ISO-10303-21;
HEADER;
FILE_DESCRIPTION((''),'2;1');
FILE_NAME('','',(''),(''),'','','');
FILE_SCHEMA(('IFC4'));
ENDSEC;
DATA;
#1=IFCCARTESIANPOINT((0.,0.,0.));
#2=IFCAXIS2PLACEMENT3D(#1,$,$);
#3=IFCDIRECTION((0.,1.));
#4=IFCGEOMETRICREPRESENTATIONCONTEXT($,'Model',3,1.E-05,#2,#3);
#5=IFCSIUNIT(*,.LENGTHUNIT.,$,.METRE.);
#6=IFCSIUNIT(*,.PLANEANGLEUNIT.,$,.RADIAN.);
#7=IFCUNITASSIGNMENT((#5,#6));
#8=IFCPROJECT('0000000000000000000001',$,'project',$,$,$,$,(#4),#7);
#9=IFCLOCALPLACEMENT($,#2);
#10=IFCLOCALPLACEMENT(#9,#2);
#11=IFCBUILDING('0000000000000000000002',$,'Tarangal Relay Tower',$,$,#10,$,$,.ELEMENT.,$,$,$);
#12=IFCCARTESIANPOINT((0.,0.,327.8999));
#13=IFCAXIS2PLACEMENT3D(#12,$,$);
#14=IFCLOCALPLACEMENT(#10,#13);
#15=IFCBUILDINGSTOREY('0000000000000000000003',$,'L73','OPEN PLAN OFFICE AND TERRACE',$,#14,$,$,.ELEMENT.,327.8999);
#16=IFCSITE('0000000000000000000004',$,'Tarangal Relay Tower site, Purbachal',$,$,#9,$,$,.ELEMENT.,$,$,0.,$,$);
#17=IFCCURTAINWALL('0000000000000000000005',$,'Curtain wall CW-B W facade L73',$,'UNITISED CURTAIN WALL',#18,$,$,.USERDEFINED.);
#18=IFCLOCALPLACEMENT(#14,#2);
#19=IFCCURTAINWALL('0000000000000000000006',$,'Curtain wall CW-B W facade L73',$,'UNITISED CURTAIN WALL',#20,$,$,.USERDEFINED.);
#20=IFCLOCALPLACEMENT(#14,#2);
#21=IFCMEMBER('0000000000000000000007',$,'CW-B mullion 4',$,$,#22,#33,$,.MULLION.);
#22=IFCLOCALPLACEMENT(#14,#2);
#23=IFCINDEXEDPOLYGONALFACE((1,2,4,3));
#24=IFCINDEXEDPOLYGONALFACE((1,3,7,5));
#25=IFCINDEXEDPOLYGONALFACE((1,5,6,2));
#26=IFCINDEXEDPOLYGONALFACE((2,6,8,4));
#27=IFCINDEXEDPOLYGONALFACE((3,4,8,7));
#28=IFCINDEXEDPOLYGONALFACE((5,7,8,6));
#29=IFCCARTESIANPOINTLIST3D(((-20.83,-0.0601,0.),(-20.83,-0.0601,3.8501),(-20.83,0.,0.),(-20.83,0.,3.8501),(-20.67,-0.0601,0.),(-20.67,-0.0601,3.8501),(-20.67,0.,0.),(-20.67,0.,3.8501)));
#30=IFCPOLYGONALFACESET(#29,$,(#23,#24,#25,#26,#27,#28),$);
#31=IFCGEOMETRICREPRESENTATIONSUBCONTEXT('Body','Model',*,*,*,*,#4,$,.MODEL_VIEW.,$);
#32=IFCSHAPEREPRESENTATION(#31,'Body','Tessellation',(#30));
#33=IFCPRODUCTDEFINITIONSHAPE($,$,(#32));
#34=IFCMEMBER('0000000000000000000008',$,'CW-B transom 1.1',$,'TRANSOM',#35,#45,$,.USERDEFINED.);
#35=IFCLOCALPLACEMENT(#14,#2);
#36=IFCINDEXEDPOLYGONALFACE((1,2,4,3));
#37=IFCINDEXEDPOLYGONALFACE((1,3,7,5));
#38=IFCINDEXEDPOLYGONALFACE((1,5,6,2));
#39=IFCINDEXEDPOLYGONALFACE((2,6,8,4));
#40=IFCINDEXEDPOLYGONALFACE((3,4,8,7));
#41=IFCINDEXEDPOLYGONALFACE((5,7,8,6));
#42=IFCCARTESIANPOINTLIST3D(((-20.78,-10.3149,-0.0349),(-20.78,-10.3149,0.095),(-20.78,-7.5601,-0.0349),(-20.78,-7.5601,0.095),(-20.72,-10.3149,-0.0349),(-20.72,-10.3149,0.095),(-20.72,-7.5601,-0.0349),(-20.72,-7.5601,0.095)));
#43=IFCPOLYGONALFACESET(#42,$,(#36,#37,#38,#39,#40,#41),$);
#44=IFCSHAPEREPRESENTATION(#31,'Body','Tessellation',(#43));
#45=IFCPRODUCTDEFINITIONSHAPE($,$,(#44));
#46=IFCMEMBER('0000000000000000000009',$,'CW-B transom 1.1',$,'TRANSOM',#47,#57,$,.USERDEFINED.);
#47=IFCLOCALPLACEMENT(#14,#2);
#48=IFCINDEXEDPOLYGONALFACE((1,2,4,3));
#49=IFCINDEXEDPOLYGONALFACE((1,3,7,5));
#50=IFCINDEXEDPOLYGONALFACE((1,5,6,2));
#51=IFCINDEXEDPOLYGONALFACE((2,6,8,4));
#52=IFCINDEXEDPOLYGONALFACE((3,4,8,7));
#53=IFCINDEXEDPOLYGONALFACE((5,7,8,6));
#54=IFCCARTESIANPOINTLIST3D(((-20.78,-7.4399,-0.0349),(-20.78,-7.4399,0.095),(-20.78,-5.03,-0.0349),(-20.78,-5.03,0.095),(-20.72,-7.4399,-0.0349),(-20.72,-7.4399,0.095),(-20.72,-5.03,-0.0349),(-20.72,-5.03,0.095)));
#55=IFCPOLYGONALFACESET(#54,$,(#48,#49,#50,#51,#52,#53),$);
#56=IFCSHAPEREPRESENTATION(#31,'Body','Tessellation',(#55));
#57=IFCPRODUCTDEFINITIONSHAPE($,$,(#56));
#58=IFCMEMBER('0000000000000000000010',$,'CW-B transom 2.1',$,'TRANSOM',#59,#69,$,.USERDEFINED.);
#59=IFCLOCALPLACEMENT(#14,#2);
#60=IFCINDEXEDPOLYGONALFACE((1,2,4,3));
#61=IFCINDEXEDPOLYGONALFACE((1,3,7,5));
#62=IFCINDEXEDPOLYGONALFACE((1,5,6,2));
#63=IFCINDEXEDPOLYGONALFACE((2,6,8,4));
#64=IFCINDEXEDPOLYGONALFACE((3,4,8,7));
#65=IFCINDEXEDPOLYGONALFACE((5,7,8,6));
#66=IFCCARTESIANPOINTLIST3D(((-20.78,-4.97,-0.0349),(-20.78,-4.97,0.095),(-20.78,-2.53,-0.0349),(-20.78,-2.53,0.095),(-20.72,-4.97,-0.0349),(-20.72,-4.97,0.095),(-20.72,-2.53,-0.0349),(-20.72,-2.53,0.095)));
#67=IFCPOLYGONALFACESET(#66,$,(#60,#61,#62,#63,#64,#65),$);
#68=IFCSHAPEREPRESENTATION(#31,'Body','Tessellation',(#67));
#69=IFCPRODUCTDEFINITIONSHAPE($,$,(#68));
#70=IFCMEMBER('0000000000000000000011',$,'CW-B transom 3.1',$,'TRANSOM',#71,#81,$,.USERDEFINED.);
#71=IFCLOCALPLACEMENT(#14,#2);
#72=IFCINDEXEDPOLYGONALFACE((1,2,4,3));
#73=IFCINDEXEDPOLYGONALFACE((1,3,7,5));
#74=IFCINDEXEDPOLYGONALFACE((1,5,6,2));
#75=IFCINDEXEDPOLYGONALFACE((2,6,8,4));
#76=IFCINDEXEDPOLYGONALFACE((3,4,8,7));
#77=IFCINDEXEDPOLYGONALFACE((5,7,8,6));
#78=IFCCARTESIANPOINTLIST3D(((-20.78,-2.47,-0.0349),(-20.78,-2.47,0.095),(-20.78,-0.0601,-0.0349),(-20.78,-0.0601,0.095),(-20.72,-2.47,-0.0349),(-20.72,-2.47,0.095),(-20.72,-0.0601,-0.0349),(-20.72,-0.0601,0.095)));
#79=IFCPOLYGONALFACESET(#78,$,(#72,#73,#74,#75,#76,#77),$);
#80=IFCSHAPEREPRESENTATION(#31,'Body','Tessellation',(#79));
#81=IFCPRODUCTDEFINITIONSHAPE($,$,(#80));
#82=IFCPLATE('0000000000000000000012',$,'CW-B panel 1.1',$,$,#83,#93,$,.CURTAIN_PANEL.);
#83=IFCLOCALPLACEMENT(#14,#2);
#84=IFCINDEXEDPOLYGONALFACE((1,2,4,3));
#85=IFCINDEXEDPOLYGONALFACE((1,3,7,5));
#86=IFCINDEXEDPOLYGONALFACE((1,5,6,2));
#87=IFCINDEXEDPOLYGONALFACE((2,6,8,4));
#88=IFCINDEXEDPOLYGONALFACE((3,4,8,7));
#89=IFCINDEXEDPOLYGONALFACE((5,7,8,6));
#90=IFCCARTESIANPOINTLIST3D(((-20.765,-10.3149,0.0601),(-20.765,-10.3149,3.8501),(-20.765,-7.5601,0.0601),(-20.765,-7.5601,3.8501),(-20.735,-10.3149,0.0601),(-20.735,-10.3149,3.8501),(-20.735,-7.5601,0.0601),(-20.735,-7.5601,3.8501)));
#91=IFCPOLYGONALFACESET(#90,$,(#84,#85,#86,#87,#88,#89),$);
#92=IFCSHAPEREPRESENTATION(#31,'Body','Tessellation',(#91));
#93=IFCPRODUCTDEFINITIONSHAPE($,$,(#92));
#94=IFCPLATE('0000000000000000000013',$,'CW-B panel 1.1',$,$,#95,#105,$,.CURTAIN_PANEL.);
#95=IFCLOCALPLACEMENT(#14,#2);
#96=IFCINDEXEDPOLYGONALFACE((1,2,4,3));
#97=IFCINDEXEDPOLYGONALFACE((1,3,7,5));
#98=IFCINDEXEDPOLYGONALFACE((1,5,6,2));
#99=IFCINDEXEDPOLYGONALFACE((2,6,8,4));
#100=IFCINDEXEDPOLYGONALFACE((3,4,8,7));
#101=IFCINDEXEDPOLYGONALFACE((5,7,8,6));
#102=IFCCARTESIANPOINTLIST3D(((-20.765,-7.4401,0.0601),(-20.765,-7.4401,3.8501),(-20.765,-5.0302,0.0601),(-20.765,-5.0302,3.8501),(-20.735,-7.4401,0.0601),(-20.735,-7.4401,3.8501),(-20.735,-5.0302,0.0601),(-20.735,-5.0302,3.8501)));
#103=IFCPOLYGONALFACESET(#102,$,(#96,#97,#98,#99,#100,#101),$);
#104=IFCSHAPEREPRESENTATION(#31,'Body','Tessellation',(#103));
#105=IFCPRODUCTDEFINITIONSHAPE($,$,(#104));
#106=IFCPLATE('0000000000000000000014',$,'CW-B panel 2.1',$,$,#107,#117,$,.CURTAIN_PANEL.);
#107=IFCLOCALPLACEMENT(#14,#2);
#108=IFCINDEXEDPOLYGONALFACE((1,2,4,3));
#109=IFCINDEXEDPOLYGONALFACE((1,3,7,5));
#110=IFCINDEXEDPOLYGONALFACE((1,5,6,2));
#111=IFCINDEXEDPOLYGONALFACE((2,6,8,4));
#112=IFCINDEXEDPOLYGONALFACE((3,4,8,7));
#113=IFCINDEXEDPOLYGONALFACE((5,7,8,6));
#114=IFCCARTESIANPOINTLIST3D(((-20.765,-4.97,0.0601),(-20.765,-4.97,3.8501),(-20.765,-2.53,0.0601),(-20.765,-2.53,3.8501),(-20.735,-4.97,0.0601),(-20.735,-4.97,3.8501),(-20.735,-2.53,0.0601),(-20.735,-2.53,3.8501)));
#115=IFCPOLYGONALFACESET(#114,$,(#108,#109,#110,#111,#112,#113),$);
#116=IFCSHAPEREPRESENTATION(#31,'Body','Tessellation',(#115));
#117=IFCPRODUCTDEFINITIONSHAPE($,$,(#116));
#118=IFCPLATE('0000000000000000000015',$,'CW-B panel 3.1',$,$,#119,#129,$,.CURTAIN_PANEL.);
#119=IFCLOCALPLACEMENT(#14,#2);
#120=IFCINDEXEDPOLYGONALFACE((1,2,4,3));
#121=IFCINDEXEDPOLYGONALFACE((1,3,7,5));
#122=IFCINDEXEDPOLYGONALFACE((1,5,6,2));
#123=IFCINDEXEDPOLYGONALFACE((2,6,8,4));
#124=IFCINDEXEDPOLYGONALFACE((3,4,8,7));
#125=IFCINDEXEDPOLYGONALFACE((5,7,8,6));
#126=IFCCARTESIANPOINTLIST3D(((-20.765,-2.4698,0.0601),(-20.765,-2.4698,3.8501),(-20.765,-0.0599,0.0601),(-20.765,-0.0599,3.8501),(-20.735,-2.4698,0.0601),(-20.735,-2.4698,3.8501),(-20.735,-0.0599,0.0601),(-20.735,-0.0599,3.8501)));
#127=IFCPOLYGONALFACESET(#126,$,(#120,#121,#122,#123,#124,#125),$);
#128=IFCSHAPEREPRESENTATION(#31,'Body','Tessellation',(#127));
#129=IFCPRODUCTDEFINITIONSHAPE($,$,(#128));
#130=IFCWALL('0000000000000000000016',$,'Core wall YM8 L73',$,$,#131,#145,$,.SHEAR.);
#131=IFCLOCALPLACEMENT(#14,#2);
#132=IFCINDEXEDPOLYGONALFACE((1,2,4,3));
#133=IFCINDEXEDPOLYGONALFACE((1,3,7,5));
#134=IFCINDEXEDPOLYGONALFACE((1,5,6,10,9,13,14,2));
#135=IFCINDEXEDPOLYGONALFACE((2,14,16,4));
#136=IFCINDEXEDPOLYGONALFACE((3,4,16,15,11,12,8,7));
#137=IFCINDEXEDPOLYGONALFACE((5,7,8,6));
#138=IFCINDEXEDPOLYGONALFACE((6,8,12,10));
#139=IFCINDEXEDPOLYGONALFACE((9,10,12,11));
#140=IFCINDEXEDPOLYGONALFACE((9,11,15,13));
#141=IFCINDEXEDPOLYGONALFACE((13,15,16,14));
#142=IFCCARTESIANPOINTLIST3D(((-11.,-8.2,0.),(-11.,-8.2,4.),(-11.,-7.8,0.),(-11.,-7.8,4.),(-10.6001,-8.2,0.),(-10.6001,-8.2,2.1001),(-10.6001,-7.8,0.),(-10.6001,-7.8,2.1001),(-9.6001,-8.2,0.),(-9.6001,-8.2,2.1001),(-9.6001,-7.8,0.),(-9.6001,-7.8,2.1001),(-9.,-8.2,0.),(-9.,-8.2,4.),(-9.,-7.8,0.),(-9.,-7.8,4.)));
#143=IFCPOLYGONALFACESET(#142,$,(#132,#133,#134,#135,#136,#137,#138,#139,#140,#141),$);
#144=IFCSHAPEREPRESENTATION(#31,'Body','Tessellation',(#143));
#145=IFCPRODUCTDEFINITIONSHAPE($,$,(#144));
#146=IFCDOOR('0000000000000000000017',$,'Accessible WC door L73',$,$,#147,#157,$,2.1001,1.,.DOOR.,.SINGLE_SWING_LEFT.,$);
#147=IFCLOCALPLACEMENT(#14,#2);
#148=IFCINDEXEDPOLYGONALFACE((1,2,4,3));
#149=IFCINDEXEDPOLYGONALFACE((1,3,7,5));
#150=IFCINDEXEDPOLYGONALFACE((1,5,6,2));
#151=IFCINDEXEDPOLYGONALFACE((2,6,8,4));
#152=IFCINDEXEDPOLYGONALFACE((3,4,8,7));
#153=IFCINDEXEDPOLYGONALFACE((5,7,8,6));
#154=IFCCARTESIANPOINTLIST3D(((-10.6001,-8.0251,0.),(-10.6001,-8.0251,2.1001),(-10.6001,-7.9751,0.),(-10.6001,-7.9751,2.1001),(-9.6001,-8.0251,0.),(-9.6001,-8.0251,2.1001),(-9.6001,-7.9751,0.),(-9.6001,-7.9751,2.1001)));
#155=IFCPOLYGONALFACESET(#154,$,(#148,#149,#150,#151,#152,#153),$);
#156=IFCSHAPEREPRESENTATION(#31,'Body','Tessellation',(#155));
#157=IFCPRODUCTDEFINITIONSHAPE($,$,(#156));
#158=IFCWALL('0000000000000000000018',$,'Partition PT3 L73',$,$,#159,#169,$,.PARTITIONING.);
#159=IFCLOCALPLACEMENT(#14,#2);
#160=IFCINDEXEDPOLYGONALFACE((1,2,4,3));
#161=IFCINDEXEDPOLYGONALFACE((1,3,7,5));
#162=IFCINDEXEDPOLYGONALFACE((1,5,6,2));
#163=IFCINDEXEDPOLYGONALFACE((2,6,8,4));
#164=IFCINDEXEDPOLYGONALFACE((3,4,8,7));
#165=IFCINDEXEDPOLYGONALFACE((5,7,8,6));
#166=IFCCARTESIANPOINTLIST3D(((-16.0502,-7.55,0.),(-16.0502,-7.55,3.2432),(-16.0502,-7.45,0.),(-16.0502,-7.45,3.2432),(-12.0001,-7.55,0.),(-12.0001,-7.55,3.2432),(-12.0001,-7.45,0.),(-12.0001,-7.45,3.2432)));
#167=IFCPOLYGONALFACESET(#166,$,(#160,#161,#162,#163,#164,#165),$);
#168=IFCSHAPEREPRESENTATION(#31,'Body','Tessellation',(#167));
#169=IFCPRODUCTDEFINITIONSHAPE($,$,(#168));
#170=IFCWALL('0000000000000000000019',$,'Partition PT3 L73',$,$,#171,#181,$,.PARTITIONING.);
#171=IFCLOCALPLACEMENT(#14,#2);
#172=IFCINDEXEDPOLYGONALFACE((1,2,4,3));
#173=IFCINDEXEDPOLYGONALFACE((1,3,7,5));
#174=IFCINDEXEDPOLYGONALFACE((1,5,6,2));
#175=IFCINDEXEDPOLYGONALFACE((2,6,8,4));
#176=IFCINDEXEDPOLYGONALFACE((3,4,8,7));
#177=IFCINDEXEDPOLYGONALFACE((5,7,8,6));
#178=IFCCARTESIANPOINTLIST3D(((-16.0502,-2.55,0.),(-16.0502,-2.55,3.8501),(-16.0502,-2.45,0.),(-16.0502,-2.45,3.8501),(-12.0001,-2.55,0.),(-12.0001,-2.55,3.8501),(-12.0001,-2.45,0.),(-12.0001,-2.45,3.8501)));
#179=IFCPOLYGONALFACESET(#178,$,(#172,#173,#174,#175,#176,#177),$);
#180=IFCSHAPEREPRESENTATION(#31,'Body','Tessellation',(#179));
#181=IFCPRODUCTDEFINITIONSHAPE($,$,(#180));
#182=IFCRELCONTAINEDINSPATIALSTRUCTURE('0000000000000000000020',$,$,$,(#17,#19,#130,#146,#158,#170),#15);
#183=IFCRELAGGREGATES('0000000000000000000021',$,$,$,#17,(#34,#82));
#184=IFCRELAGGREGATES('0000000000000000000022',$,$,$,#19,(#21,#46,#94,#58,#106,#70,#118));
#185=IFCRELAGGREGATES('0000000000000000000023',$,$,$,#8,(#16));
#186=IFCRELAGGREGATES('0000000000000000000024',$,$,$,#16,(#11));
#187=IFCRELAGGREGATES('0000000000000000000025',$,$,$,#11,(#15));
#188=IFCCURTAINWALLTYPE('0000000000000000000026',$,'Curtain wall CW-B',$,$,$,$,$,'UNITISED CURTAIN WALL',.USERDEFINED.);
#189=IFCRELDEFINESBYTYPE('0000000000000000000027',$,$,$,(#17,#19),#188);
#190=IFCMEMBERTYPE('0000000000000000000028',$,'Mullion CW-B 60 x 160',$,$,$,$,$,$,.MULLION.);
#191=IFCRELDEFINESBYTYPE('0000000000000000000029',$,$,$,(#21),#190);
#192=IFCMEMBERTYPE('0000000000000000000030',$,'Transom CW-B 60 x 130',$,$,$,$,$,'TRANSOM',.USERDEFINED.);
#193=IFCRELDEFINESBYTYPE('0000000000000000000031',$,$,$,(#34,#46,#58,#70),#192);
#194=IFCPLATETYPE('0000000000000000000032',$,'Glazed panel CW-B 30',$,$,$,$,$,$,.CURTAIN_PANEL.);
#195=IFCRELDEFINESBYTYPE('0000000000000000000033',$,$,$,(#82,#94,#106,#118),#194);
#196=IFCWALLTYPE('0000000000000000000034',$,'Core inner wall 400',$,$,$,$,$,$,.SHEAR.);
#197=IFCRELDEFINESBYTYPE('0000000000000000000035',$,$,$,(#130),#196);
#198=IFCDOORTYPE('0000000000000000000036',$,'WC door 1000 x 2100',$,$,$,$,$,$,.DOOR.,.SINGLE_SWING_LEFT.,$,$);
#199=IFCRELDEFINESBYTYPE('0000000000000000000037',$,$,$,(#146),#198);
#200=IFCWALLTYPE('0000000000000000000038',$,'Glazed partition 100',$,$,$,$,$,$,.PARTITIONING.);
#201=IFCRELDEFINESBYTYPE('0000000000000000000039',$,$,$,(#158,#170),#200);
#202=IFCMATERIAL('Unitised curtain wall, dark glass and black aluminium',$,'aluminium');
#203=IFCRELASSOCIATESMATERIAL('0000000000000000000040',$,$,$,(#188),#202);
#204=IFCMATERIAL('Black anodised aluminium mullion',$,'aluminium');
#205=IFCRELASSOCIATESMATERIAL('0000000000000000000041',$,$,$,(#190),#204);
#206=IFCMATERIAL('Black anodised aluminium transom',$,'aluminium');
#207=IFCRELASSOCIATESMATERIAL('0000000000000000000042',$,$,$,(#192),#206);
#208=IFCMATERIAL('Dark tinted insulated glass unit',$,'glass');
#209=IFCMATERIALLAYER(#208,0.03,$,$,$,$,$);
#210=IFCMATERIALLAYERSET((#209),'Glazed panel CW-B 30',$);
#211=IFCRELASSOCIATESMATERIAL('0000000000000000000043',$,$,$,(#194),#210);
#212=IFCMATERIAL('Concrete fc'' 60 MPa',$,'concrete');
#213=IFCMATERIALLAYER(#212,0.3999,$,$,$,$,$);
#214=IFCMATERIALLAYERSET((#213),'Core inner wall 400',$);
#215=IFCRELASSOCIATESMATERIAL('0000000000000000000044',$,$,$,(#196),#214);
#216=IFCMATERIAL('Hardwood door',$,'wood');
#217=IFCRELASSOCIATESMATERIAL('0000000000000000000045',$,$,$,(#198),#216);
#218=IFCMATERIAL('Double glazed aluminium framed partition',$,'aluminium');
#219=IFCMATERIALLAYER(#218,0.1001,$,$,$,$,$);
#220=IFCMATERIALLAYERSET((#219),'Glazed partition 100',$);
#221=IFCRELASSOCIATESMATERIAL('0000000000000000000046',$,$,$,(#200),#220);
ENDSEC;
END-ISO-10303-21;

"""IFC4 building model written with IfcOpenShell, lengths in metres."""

from ifc_helpers import new_model, si_unit, direction, frame, frame_2d, origin, origin_2d, place, context, subcontext, project, spatial, rectangle, extrude, material, layer, layer_set, material_profile, profile_set, type_object, element, fill, aggregate, save


model = new_model("IFC4")

# Units and contexts
model_context = context("Model", 3, precision=1e-05, world=origin(), true_north=direction((0.0, 1.0)))
body_context = subcontext(model_context, "Body", "Model", "MODEL_VIEW")
ifc_project = project(units=[si_unit("LENGTHUNIT", "METRE"), si_unit("PLANEANGLEUNIT", "RADIAN")], contexts=[model_context])

# Site, building, storey
site_placement = place(None, origin())
site = spatial("IfcSite", under=ifc_project, at=site_placement, Name="Tarangal Relay Tower site, Purbachal", CompositionType="ELEMENT", RefElevation=0.0)
building_placement = place(site_placement, origin())
building = spatial("IfcBuilding", under=site, at=building_placement, Name="Tarangal Relay Tower", CompositionType="ELEMENT")
storey_placement = place(building_placement, frame((0.0, 0.0, 327.8999)))
storey = spatial("IfcBuildingStorey", under=building, at=storey_placement, Name="L73", Description="OPEN PLAN OFFICE AND TERRACE", CompositionType="ELEMENT", Elevation=327.8999)

# Curtain wall
ifc_material_1 = material(Name="Unitised curtain wall, dark glass and black aluminium", Category="aluminium")
curtain_wall_type = type_object("IfcCurtainWallType", Name="Curtain wall CW-B", ElementType="UNITISED CURTAIN WALL", PredefinedType="USERDEFINED", material=ifc_material_1)
curtain_wall_1_placement = place(storey_placement, origin())
curtain_wall_1 = element("IfcCurtainWall", 1, at=curtain_wall_1_placement, inside=storey, type_object=curtain_wall_type, Name="Curtain wall CW-B W facade L73", ObjectType="UNITISED CURTAIN WALL", PredefinedType="USERDEFINED")
ifc_material_2 = material(Name="Black anodised aluminium mullion", Category="aluminium")
ifc_material_profile_1 = material_profile(ifc_material_2, rectangle(XDim=0.1599, YDim=0.0601, at=origin_2d()), Name="CW-BM 60X160")
ifc_profile_set_1 = profile_set([ifc_material_profile_1], Name="Black anodised aluminium mullion")
member_type_1 = type_object("IfcMemberType", Name="Mullion CW-B 60 x 160", PredefinedType="MULLION", material=ifc_profile_set_1)

# Curtain wall, member
curtain_wall_2_placement = place(storey_placement, origin())
curtain_wall_2 = element("IfcCurtainWall", 2, at=curtain_wall_2_placement, inside=storey, type_object=curtain_wall_type, Name="Curtain wall CW-B W facade L73", ObjectType="UNITISED CURTAIN WALL", PredefinedType="USERDEFINED")
member_1_placement = place(storey_placement, frame((-20.75, -0.03, 0.0), z_axis=(0.0, 0.0, 1.0), x_axis=(-1.0, 0.0, 0.0)))
member_1 = element("IfcMember", 3, at=member_1_placement, type_object=member_type_1, Name="CW-B mullion 4", PredefinedType="MULLION", context=body_context, shape_type="SweptSolid", body=[
    extrude(rectangle(XDim=0.1599, YDim=0.0601, at=origin_2d()), origin(), (0.0, 0.0, 1.0), 3.8501),
])

# Members
ifc_material_3 = material(Name="Black anodised aluminium transom", Category="aluminium")
ifc_material_profile_2 = material_profile(ifc_material_3, rectangle(XDim=0.0601, YDim=0.1299, at=origin_2d()), Name="CW-BT 60X130")
ifc_profile_set_2 = profile_set([ifc_material_profile_2], Name="Black anodised aluminium transom")
member_type_2 = type_object("IfcMemberType", Name="Transom CW-B 60 x 130", ElementType="TRANSOM", PredefinedType="USERDEFINED", material=ifc_profile_set_2)
member_2_placement = place(storey_placement, frame((-20.75, -10.3149, 0.03), z_axis=(0.0, 1.0, 0.0), x_axis=(-1.0, 0.0, 0.0)))
member_2 = element("IfcMember", 4, at=member_2_placement, type_object=member_type_2, Name="CW-B transom 1.1", ObjectType="TRANSOM", PredefinedType="USERDEFINED", context=body_context, shape_type="SweptSolid", body=[
    extrude(rectangle(XDim=0.0601, YDim=0.1299, at=origin_2d()), origin(), (0.0, 0.0, 1.0), 2.7549),
])
member_3_placement = place(storey_placement, frame((-20.75, -7.4399, 0.03), z_axis=(0.0, 1.0, 0.0), x_axis=(-1.0, 0.0, 0.0)))
member_3 = element("IfcMember", 5, at=member_3_placement, type_object=member_type_2, Name="CW-B transom 1.1", ObjectType="TRANSOM", PredefinedType="USERDEFINED", context=body_context, shape_type="SweptSolid", body=[
    extrude(rectangle(XDim=0.0601, YDim=0.1299, at=origin_2d()), origin(), (0.0, 0.0, 1.0), 2.4099),
])
member_4_placement = place(storey_placement, frame((-20.75, -4.97, 0.03), z_axis=(0.0, 1.0, 0.0), x_axis=(-1.0, 0.0, 0.0)))
member_4 = element("IfcMember", 6, at=member_4_placement, type_object=member_type_2, Name="CW-B transom 2.1", ObjectType="TRANSOM", PredefinedType="USERDEFINED", context=body_context, shape_type="SweptSolid", body=[
    extrude(rectangle(XDim=0.0601, YDim=0.1299, at=origin_2d()), origin(), (0.0, 0.0, 1.0), 2.4399),
])
member_5_placement = place(storey_placement, frame((-20.75, -2.47, 0.03), z_axis=(0.0, 1.0, 0.0), x_axis=(-1.0, 0.0, 0.0)))
member_5 = element("IfcMember", 7, at=member_5_placement, type_object=member_type_2, Name="CW-B transom 3.1", ObjectType="TRANSOM", PredefinedType="USERDEFINED", context=body_context, shape_type="SweptSolid", body=[
    extrude(rectangle(XDim=0.0601, YDim=0.1299, at=origin_2d()), origin(), (0.0, 0.0, 1.0), 2.4099),
])

# Plates
ifc_material_4 = material(Name="Dark tinted insulated glass unit", Category="glass")
ifc_layer_1 = layer(ifc_material_4, 0.03)
ifc_layer_set_1 = layer_set([ifc_layer_1], Name="Glazed panel CW-B 30")
plate_type = type_object("IfcPlateType", Name="Glazed panel CW-B 30", PredefinedType="CURTAIN_PANEL", material=ifc_layer_set_1)
plate_1_placement = place(storey_placement, frame((-20.75, -8.9375, 0.0601), z_axis=(0.0, 0.0, 1.0), x_axis=(0.0, 1.0, 0.0)))
plate_1 = element("IfcPlate", 8, at=plate_1_placement, type_object=plate_type, Name="CW-B panel 1.1", PredefinedType="CURTAIN_PANEL", context=body_context, shape_type="SweptSolid", body=[
    extrude(rectangle(XDim=2.7549, YDim=0.03, at=origin_2d()), origin(), (0.0, 0.0, 1.0), 3.79),
])
aggregate(curtain_wall_1, [member_2, plate_1])
plate_2_placement = place(storey_placement, frame((-20.75, -6.2351, 0.0601), z_axis=(0.0, 0.0, 1.0), x_axis=(0.0, 1.0, 0.0)))
plate_2 = element("IfcPlate", 9, at=plate_2_placement, type_object=plate_type, Name="CW-B panel 1.1", PredefinedType="CURTAIN_PANEL", context=body_context, shape_type="SweptSolid", body=[
    extrude(rectangle(XDim=2.4099, YDim=0.03, at=origin_2d()), origin(), (0.0, 0.0, 1.0), 3.79),
])
plate_3_placement = place(storey_placement, frame((-20.75, -3.75, 0.0601), z_axis=(0.0, 0.0, 1.0), x_axis=(0.0, 1.0, 0.0)))
plate_3 = element("IfcPlate", 10, at=plate_3_placement, type_object=plate_type, Name="CW-B panel 2.1", PredefinedType="CURTAIN_PANEL", context=body_context, shape_type="SweptSolid", body=[
    extrude(rectangle(XDim=2.4399, YDim=0.03, at=origin_2d()), origin(), (0.0, 0.0, 1.0), 3.79),
])
plate_4_placement = place(storey_placement, frame((-20.75, -1.2649, 0.0601), z_axis=(0.0, 0.0, 1.0), x_axis=(0.0, 1.0, 0.0)))
plate_4 = element("IfcPlate", 11, at=plate_4_placement, type_object=plate_type, Name="CW-B panel 3.1", PredefinedType="CURTAIN_PANEL", context=body_context, shape_type="SweptSolid", body=[
    extrude(rectangle(XDim=2.4099, YDim=0.03, at=origin_2d()), origin(), (0.0, 0.0, 1.0), 3.79),
])
aggregate(curtain_wall_2, [member_1, member_3, plate_2, member_4, plate_3, member_5, plate_4])

# Wall, opening, door
ifc_material_5 = material(Name="Concrete fc' 60 MPa", Category="concrete")
ifc_layer_2 = layer(ifc_material_5, 0.3999)
ifc_layer_set_2 = layer_set([ifc_layer_2], Name="Core inner wall 400")
wall_type_1 = type_object("IfcWallType", Name="Core inner wall 400", PredefinedType="SHEAR", material=ifc_layer_set_2)
wall_1_placement = place(storey_placement, frame((-11.0, -8.0, 0.0), z_axis=(0.0, 0.0, 1.0), x_axis=(1.0, 0.0, 0.0)))
wall_1 = element("IfcWall", 12, at=wall_1_placement, inside=storey, type_object=wall_type_1, Name="Core wall YM8 L73", PredefinedType="SHEAR", context=body_context, shape_type="SweptSolid", body=[
    extrude(rectangle(XDim=2.0, YDim=0.3999, at=frame_2d((1.0, 0.0))), origin(), (0.0, 0.0, 1.0), 4.0),
])
opening_1_placement = place(wall_1_placement, frame((0.3999, 0.0, 0.0)))
opening_1 = element("IfcOpeningElement", 13, at=opening_1_placement, cuts=wall_1, PredefinedType="OPENING", context=body_context, shape_type="SweptSolid", body=[
    extrude(rectangle(XDim=1.0, YDim=2.1001, at=frame_2d((0.5, 1.05))), frame((0.0, 0.21, 0.0), z_axis=(0.0, -1.0, 0.0), x_axis=(1.0, 0.0, 0.0)), (0.0, 0.0, 1.0), 0.4199),
])
ifc_material_6 = material(Name="Hardwood door", Category="wood")
door_type_1 = type_object("IfcDoorType", Name="WC door 1000 x 2100", OperationType="SINGLE_SWING_LEFT", PredefinedType="DOOR", material=ifc_material_6)
door_1_placement = place(opening_1_placement, origin())
door_1 = element("IfcDoor", 14, at=door_1_placement, inside=storey, type_object=door_type_1, Name="Accessible WC door L73", OperationType="SINGLE_SWING_LEFT", OverallHeight=2.1001, OverallWidth=1.0, PredefinedType="DOOR", context=body_context, shape_type="SweptSolid", body=[
    extrude(rectangle(XDim=1.0, YDim=2.1001, at=frame_2d((0.5, 1.05))), frame((0.0, 0.0249, 0.0), z_axis=(0.0, -1.0, 0.0), x_axis=(1.0, 0.0, 0.0)), (0.0, 0.0, 1.0), 0.05),
])
fill(opening_1, door_1)

# Walls
ifc_material_7 = material(Name="Double glazed aluminium framed partition", Category="aluminium")
ifc_layer_3 = layer(ifc_material_7, 0.1001)
ifc_layer_set_3 = layer_set([ifc_layer_3], Name="Glazed partition 100")
wall_type_2 = type_object("IfcWallType", Name="Glazed partition 100", PredefinedType="PARTITIONING", material=ifc_layer_set_3)
wall_2_placement = place(storey_placement, frame((-16.05, -7.5, 0.0), z_axis=(0.0, 0.0, 1.0), x_axis=(1.0, 0.0, 0.0)))
element("IfcWall", 15, at=wall_2_placement, inside=storey, type_object=wall_type_2, Name="Partition PT3 L73", PredefinedType="PARTITIONING", context=body_context, shape_type="SweptSolid", body=[
    extrude(rectangle(XDim=4.05, YDim=0.1001, at=frame_2d((2.0249, 0.0))), origin(), (0.0, 0.0, 1.0), 3.2432),
])
wall_3_placement = place(storey_placement, frame((-16.05, -2.5, 0.0), z_axis=(0.0, 0.0, 1.0), x_axis=(1.0, 0.0, 0.0)))
element("IfcWall", 16, at=wall_3_placement, inside=storey, type_object=wall_type_2, Name="Partition PT3 L73", PredefinedType="PARTITIONING", context=body_context, shape_type="SweptSolid", body=[
    extrude(rectangle(XDim=4.05, YDim=0.1001, at=frame_2d((2.0249, 0.0))), origin(), (0.0, 0.0, 1.0), 3.8501),
])

save(model, "model.ifc")
